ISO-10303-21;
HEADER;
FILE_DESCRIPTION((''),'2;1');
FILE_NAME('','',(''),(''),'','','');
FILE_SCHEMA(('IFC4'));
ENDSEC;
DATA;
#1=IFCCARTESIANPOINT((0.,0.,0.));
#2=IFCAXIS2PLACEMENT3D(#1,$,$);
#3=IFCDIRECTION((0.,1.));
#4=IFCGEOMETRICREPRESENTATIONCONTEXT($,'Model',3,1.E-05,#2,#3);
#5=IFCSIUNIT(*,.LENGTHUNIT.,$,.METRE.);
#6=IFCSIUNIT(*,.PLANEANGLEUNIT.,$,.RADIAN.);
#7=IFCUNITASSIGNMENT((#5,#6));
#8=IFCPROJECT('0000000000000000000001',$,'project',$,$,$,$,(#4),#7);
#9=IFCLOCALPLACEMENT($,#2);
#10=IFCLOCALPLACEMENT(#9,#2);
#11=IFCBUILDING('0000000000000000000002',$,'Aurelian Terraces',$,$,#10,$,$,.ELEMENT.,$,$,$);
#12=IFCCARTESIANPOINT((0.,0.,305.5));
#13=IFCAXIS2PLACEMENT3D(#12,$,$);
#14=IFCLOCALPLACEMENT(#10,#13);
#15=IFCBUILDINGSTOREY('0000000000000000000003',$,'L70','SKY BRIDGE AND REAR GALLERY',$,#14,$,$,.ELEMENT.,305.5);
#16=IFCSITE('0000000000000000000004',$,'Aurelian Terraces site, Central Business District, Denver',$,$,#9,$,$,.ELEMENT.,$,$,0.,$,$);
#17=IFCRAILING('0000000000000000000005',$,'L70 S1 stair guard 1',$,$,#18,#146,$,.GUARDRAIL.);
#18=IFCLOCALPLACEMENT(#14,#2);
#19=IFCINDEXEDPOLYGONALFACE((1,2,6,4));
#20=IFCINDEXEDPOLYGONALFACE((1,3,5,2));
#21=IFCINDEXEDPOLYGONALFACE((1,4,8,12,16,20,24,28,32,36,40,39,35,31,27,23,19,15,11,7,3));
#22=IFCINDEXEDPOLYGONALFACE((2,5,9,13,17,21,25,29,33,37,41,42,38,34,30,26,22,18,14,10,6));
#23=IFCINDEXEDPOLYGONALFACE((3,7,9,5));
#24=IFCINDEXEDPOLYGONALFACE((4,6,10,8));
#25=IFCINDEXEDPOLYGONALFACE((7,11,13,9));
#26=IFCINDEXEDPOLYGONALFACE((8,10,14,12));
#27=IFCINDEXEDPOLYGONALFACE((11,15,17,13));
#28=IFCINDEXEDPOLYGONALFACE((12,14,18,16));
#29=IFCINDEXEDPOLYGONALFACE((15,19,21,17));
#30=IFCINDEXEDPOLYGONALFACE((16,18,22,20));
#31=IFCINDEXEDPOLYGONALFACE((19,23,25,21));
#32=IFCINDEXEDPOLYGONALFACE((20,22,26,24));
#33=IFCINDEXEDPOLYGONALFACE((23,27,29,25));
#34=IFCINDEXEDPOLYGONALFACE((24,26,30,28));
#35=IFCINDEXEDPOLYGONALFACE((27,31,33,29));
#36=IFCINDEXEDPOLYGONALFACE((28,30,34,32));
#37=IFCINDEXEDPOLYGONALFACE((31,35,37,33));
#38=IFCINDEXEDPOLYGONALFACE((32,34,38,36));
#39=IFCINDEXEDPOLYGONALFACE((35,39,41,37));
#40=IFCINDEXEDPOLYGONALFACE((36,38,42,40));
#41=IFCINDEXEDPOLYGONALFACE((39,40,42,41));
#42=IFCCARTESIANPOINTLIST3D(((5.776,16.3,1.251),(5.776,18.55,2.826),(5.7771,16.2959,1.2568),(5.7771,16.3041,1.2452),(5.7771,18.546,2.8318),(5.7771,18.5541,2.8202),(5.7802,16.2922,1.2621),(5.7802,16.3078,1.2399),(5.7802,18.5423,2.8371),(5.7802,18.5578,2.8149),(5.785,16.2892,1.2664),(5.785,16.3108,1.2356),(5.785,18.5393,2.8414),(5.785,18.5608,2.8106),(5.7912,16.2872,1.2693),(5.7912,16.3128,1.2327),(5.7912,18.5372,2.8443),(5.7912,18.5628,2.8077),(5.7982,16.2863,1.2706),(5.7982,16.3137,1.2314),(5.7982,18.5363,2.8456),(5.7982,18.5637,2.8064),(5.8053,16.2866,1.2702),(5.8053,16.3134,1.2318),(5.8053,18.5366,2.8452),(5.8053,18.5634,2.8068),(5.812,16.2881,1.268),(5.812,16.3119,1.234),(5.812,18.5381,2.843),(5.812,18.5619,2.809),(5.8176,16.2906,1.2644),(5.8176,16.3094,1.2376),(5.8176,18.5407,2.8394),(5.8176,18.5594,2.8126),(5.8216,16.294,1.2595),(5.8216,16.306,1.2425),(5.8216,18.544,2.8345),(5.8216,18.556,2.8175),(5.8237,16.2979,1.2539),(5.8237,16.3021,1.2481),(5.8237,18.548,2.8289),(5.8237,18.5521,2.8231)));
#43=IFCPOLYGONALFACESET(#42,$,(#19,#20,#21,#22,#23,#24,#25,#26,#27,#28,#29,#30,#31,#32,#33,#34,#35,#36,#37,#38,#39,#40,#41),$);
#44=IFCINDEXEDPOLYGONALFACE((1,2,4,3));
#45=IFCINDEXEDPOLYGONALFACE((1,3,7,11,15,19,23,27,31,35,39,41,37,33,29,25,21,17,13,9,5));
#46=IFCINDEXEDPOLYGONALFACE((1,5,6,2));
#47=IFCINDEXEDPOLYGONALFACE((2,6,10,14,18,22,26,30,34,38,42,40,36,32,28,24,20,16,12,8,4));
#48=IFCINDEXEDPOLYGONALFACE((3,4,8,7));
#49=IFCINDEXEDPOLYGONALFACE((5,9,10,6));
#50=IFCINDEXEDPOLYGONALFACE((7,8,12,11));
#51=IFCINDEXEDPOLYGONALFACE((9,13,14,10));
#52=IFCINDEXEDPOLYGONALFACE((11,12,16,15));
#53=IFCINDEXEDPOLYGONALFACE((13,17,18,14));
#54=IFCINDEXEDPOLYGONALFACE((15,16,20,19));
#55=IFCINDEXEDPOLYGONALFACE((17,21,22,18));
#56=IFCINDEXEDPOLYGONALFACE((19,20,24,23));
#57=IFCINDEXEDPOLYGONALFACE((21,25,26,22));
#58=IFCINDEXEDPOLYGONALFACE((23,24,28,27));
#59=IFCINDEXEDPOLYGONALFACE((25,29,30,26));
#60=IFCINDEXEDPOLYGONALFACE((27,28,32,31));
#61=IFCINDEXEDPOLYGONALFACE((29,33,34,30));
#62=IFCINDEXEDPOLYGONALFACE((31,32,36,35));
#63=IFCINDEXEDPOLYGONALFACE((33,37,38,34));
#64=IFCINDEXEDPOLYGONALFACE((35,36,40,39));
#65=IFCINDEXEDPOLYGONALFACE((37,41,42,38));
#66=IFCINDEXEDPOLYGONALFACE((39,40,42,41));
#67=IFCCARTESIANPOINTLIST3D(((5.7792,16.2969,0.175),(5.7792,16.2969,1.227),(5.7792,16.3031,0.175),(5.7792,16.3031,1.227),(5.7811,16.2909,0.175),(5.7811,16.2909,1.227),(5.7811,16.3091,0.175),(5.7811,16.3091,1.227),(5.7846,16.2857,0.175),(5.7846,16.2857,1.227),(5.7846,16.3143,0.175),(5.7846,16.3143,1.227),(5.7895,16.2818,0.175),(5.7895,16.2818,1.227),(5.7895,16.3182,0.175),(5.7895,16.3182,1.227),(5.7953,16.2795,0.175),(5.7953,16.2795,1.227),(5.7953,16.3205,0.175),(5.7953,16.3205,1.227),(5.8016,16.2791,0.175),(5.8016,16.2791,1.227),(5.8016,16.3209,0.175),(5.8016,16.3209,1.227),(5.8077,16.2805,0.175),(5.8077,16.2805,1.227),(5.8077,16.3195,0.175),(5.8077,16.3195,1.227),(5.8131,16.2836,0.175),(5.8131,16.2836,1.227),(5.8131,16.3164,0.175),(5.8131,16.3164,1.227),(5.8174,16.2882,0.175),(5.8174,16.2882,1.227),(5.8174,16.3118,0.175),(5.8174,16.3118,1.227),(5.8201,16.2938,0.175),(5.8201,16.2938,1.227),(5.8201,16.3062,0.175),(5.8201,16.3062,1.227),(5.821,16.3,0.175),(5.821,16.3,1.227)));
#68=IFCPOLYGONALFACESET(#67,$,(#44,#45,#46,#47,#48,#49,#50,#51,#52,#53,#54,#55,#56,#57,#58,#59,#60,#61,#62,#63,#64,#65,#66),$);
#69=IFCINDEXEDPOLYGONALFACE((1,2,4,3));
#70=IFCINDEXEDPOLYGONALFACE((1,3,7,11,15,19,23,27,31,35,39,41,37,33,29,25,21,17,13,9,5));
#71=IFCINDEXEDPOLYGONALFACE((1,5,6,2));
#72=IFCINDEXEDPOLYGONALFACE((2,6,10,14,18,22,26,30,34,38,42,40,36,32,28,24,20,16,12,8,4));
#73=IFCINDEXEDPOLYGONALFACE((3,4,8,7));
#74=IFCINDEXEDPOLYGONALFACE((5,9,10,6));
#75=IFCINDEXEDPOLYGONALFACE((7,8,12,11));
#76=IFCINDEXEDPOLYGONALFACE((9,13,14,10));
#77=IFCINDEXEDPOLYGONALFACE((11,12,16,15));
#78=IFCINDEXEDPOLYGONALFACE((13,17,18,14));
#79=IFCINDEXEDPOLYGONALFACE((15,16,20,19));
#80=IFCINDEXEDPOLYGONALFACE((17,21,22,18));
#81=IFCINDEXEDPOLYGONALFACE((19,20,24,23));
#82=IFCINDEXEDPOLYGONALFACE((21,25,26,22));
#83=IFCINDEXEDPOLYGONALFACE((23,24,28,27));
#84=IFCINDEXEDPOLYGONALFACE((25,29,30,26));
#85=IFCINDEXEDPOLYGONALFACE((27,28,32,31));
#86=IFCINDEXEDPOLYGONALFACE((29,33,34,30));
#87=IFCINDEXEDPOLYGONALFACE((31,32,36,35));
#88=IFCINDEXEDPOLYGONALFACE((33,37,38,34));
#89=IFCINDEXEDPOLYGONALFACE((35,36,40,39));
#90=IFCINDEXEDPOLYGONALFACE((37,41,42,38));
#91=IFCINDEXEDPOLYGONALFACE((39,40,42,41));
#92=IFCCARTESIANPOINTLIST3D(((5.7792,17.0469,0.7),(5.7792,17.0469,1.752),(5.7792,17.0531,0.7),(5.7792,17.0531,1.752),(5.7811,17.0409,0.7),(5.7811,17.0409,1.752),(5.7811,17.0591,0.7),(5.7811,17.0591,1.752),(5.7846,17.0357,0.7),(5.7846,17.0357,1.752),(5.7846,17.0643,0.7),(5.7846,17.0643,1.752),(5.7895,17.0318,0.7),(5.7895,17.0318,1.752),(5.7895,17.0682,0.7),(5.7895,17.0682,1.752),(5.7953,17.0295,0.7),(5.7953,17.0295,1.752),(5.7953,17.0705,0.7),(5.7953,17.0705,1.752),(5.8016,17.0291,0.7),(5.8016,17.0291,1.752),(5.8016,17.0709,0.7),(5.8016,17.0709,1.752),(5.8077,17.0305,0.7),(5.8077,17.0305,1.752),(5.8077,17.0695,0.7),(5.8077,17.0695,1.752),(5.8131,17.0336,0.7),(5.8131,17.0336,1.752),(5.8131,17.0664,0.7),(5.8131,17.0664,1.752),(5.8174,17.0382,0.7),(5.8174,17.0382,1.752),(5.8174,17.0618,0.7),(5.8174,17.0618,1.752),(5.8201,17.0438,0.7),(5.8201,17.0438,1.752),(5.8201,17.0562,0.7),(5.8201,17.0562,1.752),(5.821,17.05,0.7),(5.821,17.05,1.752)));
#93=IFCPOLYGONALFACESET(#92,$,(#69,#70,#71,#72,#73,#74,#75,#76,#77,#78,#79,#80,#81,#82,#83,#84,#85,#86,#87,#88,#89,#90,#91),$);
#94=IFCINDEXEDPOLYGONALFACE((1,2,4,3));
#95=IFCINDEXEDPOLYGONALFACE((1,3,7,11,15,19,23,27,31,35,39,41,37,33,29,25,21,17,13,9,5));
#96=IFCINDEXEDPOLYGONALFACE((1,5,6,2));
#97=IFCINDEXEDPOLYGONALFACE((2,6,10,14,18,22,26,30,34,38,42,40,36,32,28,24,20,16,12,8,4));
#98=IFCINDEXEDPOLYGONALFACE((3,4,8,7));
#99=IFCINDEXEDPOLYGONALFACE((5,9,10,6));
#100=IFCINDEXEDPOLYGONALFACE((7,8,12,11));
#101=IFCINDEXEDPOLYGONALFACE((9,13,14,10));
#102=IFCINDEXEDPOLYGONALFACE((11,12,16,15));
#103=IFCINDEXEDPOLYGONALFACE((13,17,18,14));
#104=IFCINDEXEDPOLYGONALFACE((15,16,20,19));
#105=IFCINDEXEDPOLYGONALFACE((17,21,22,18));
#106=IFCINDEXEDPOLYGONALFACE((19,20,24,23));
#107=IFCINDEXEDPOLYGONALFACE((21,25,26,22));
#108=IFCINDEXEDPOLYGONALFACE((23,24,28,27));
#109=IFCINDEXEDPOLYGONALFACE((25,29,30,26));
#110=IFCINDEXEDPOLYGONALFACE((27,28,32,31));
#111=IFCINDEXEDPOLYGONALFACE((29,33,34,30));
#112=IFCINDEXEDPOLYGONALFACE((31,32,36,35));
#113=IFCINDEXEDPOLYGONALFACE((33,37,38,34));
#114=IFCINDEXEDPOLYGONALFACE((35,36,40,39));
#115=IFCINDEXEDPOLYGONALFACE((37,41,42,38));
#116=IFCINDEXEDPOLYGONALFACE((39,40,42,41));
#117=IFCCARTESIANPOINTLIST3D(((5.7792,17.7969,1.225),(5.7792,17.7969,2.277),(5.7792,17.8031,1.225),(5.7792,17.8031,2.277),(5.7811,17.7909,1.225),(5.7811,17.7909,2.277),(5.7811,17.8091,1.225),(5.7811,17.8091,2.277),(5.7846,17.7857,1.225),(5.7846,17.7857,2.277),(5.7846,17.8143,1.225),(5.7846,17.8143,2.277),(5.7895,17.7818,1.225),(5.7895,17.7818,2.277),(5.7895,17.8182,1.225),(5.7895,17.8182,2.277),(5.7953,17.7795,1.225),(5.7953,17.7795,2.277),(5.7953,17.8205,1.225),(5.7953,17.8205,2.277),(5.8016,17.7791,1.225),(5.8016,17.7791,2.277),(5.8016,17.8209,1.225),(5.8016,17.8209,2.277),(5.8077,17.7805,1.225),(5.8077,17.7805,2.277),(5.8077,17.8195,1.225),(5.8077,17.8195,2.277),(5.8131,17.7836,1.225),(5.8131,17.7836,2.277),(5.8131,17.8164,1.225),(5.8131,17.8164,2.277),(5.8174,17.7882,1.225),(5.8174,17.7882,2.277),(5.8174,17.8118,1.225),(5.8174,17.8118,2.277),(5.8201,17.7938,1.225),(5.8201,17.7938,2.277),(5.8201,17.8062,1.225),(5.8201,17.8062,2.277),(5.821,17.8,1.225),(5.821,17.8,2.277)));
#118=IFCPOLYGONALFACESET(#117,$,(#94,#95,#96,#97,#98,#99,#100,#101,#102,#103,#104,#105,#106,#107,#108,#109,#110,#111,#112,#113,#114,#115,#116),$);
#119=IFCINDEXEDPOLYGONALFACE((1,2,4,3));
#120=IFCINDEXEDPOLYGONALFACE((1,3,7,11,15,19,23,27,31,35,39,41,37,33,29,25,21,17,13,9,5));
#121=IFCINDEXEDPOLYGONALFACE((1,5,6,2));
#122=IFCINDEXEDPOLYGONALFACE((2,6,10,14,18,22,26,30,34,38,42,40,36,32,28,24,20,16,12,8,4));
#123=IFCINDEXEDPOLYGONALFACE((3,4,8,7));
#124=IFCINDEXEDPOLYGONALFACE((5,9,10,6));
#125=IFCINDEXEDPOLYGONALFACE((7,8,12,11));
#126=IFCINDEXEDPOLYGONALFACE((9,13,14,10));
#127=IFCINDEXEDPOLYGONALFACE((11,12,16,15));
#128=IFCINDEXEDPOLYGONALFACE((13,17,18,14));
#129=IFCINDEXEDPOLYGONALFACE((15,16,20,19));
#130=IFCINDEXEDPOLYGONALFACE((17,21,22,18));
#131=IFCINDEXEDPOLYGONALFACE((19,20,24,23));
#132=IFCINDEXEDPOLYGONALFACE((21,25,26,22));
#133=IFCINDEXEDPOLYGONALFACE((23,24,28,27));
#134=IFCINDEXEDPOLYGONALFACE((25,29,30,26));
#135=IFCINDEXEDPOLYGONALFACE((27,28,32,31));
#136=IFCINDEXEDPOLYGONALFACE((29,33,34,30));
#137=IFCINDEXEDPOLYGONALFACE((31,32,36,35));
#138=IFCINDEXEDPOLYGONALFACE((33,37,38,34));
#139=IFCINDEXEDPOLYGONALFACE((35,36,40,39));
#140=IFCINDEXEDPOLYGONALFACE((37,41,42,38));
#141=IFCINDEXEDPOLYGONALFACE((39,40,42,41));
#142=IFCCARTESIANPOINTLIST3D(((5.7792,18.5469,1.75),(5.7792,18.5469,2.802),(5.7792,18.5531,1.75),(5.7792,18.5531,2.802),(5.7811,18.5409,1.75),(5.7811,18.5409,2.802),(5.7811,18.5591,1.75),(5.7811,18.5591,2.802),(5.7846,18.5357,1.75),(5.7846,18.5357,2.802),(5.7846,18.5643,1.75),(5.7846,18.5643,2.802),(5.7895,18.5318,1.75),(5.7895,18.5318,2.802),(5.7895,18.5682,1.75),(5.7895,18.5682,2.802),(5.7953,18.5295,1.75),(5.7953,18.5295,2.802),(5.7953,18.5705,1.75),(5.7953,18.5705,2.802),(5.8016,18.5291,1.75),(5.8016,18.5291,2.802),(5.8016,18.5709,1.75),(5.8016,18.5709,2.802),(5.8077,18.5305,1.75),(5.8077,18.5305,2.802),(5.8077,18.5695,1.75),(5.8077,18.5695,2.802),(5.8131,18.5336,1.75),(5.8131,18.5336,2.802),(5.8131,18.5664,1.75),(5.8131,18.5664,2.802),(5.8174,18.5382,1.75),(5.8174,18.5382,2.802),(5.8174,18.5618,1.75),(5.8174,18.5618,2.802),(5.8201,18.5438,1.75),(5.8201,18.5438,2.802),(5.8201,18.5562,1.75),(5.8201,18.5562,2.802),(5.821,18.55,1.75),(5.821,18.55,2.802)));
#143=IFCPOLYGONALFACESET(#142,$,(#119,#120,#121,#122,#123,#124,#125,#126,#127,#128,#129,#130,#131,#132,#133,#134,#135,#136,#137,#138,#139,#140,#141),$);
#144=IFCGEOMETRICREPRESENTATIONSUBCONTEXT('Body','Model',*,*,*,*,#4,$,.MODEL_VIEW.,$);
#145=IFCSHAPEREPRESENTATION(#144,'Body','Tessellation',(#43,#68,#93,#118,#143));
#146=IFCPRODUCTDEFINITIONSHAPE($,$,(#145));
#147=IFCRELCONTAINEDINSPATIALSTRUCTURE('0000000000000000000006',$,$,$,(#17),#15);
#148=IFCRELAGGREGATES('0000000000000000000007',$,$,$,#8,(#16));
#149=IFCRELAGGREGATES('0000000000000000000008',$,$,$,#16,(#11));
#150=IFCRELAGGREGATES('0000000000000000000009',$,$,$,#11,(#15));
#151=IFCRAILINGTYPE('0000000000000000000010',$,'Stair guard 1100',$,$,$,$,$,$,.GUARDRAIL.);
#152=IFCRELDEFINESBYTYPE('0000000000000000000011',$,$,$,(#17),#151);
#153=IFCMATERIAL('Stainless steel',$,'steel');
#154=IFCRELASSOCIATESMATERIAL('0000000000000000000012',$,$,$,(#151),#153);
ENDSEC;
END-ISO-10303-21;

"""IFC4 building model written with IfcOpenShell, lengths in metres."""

from ifc_helpers import new_model, si_unit, direction, frame, origin, origin_2d, place, context, subcontext, project, spatial, circle, extrude, source, transform, mapped, material, type_object, element, save


model = new_model("IFC4")

# Units and contexts
model_context = context("Model", 3, precision=1e-05, world=origin(), true_north=direction((0.0, 1.0)))
body_context = subcontext(model_context, "Body", "Model", "MODEL_VIEW")
ifc_project = project(units=[si_unit("LENGTHUNIT", "METRE"), si_unit("PLANEANGLEUNIT", "RADIAN")], contexts=[model_context])

# Site, building, storey
site_placement = place(None, origin())
site = spatial("IfcSite", under=ifc_project, at=site_placement, Name="Aurelian Terraces site, Central Business District, Denver", CompositionType="ELEMENT", RefElevation=0.0)
building_placement = place(site_placement, origin())
building = spatial("IfcBuilding", under=site, at=building_placement, Name="Aurelian Terraces", CompositionType="ELEMENT")
storey_placement = place(building_placement, frame((0.0, 0.0, 305.5)))
storey = spatial("IfcBuildingStorey", under=building, at=storey_placement, Name="L70", Description="SKY BRIDGE AND REAR GALLERY", CompositionType="ELEMENT", Elevation=305.5)

# Railing
ifc_material_1 = material(Name="Stainless steel", Category="steel")
railing_type_1 = type_object("IfcRailingType", Name="Stair guard 1100", PredefinedType="GUARDRAIL", material=ifc_material_1)
shared_shape_1 = source(origin(), body_context, "Body", "SweptSolid", [
    extrude(circle(Radius=0.024, at=origin_2d()), frame((0.0, 0.0, 1.076), z_axis=(0.0, 0.819232, 0.573462), x_axis=(-1.0, 0.0, 0.0)), (0.0, 0.0, 1.0), 2.7465),
    extrude(circle(Radius=0.021, at=origin_2d()), origin(), (0.0, 0.0, 1.0), 1.052),
    extrude(circle(Radius=0.021, at=origin_2d()), frame((0.0, 0.75, 0.525)), (0.0, 0.0, 1.0), 1.052),
    extrude(circle(Radius=0.021, at=origin_2d()), frame((0.0, 1.5, 1.05)), (0.0, 0.0, 1.0), 1.052),
    extrude(circle(Radius=0.021, at=origin_2d()), frame((0.0, 2.25, 1.575)), (0.0, 0.0, 1.0), 1.052),
])
railing_1_placement = place(storey_placement, frame((5.8, 16.3, 0.175)))
element("IfcRailing", 1, at=railing_1_placement, inside=storey, type_object=railing_type_1, Name="L70 S1 stair guard 1", PredefinedType="GUARDRAIL", context=body_context, shape_type="MappedRepresentation", body=[
    mapped(shared_shape_1, transform((0.0, 0.0, 0.0), scale=1.0)),
])

save(model, "model.ifc")
